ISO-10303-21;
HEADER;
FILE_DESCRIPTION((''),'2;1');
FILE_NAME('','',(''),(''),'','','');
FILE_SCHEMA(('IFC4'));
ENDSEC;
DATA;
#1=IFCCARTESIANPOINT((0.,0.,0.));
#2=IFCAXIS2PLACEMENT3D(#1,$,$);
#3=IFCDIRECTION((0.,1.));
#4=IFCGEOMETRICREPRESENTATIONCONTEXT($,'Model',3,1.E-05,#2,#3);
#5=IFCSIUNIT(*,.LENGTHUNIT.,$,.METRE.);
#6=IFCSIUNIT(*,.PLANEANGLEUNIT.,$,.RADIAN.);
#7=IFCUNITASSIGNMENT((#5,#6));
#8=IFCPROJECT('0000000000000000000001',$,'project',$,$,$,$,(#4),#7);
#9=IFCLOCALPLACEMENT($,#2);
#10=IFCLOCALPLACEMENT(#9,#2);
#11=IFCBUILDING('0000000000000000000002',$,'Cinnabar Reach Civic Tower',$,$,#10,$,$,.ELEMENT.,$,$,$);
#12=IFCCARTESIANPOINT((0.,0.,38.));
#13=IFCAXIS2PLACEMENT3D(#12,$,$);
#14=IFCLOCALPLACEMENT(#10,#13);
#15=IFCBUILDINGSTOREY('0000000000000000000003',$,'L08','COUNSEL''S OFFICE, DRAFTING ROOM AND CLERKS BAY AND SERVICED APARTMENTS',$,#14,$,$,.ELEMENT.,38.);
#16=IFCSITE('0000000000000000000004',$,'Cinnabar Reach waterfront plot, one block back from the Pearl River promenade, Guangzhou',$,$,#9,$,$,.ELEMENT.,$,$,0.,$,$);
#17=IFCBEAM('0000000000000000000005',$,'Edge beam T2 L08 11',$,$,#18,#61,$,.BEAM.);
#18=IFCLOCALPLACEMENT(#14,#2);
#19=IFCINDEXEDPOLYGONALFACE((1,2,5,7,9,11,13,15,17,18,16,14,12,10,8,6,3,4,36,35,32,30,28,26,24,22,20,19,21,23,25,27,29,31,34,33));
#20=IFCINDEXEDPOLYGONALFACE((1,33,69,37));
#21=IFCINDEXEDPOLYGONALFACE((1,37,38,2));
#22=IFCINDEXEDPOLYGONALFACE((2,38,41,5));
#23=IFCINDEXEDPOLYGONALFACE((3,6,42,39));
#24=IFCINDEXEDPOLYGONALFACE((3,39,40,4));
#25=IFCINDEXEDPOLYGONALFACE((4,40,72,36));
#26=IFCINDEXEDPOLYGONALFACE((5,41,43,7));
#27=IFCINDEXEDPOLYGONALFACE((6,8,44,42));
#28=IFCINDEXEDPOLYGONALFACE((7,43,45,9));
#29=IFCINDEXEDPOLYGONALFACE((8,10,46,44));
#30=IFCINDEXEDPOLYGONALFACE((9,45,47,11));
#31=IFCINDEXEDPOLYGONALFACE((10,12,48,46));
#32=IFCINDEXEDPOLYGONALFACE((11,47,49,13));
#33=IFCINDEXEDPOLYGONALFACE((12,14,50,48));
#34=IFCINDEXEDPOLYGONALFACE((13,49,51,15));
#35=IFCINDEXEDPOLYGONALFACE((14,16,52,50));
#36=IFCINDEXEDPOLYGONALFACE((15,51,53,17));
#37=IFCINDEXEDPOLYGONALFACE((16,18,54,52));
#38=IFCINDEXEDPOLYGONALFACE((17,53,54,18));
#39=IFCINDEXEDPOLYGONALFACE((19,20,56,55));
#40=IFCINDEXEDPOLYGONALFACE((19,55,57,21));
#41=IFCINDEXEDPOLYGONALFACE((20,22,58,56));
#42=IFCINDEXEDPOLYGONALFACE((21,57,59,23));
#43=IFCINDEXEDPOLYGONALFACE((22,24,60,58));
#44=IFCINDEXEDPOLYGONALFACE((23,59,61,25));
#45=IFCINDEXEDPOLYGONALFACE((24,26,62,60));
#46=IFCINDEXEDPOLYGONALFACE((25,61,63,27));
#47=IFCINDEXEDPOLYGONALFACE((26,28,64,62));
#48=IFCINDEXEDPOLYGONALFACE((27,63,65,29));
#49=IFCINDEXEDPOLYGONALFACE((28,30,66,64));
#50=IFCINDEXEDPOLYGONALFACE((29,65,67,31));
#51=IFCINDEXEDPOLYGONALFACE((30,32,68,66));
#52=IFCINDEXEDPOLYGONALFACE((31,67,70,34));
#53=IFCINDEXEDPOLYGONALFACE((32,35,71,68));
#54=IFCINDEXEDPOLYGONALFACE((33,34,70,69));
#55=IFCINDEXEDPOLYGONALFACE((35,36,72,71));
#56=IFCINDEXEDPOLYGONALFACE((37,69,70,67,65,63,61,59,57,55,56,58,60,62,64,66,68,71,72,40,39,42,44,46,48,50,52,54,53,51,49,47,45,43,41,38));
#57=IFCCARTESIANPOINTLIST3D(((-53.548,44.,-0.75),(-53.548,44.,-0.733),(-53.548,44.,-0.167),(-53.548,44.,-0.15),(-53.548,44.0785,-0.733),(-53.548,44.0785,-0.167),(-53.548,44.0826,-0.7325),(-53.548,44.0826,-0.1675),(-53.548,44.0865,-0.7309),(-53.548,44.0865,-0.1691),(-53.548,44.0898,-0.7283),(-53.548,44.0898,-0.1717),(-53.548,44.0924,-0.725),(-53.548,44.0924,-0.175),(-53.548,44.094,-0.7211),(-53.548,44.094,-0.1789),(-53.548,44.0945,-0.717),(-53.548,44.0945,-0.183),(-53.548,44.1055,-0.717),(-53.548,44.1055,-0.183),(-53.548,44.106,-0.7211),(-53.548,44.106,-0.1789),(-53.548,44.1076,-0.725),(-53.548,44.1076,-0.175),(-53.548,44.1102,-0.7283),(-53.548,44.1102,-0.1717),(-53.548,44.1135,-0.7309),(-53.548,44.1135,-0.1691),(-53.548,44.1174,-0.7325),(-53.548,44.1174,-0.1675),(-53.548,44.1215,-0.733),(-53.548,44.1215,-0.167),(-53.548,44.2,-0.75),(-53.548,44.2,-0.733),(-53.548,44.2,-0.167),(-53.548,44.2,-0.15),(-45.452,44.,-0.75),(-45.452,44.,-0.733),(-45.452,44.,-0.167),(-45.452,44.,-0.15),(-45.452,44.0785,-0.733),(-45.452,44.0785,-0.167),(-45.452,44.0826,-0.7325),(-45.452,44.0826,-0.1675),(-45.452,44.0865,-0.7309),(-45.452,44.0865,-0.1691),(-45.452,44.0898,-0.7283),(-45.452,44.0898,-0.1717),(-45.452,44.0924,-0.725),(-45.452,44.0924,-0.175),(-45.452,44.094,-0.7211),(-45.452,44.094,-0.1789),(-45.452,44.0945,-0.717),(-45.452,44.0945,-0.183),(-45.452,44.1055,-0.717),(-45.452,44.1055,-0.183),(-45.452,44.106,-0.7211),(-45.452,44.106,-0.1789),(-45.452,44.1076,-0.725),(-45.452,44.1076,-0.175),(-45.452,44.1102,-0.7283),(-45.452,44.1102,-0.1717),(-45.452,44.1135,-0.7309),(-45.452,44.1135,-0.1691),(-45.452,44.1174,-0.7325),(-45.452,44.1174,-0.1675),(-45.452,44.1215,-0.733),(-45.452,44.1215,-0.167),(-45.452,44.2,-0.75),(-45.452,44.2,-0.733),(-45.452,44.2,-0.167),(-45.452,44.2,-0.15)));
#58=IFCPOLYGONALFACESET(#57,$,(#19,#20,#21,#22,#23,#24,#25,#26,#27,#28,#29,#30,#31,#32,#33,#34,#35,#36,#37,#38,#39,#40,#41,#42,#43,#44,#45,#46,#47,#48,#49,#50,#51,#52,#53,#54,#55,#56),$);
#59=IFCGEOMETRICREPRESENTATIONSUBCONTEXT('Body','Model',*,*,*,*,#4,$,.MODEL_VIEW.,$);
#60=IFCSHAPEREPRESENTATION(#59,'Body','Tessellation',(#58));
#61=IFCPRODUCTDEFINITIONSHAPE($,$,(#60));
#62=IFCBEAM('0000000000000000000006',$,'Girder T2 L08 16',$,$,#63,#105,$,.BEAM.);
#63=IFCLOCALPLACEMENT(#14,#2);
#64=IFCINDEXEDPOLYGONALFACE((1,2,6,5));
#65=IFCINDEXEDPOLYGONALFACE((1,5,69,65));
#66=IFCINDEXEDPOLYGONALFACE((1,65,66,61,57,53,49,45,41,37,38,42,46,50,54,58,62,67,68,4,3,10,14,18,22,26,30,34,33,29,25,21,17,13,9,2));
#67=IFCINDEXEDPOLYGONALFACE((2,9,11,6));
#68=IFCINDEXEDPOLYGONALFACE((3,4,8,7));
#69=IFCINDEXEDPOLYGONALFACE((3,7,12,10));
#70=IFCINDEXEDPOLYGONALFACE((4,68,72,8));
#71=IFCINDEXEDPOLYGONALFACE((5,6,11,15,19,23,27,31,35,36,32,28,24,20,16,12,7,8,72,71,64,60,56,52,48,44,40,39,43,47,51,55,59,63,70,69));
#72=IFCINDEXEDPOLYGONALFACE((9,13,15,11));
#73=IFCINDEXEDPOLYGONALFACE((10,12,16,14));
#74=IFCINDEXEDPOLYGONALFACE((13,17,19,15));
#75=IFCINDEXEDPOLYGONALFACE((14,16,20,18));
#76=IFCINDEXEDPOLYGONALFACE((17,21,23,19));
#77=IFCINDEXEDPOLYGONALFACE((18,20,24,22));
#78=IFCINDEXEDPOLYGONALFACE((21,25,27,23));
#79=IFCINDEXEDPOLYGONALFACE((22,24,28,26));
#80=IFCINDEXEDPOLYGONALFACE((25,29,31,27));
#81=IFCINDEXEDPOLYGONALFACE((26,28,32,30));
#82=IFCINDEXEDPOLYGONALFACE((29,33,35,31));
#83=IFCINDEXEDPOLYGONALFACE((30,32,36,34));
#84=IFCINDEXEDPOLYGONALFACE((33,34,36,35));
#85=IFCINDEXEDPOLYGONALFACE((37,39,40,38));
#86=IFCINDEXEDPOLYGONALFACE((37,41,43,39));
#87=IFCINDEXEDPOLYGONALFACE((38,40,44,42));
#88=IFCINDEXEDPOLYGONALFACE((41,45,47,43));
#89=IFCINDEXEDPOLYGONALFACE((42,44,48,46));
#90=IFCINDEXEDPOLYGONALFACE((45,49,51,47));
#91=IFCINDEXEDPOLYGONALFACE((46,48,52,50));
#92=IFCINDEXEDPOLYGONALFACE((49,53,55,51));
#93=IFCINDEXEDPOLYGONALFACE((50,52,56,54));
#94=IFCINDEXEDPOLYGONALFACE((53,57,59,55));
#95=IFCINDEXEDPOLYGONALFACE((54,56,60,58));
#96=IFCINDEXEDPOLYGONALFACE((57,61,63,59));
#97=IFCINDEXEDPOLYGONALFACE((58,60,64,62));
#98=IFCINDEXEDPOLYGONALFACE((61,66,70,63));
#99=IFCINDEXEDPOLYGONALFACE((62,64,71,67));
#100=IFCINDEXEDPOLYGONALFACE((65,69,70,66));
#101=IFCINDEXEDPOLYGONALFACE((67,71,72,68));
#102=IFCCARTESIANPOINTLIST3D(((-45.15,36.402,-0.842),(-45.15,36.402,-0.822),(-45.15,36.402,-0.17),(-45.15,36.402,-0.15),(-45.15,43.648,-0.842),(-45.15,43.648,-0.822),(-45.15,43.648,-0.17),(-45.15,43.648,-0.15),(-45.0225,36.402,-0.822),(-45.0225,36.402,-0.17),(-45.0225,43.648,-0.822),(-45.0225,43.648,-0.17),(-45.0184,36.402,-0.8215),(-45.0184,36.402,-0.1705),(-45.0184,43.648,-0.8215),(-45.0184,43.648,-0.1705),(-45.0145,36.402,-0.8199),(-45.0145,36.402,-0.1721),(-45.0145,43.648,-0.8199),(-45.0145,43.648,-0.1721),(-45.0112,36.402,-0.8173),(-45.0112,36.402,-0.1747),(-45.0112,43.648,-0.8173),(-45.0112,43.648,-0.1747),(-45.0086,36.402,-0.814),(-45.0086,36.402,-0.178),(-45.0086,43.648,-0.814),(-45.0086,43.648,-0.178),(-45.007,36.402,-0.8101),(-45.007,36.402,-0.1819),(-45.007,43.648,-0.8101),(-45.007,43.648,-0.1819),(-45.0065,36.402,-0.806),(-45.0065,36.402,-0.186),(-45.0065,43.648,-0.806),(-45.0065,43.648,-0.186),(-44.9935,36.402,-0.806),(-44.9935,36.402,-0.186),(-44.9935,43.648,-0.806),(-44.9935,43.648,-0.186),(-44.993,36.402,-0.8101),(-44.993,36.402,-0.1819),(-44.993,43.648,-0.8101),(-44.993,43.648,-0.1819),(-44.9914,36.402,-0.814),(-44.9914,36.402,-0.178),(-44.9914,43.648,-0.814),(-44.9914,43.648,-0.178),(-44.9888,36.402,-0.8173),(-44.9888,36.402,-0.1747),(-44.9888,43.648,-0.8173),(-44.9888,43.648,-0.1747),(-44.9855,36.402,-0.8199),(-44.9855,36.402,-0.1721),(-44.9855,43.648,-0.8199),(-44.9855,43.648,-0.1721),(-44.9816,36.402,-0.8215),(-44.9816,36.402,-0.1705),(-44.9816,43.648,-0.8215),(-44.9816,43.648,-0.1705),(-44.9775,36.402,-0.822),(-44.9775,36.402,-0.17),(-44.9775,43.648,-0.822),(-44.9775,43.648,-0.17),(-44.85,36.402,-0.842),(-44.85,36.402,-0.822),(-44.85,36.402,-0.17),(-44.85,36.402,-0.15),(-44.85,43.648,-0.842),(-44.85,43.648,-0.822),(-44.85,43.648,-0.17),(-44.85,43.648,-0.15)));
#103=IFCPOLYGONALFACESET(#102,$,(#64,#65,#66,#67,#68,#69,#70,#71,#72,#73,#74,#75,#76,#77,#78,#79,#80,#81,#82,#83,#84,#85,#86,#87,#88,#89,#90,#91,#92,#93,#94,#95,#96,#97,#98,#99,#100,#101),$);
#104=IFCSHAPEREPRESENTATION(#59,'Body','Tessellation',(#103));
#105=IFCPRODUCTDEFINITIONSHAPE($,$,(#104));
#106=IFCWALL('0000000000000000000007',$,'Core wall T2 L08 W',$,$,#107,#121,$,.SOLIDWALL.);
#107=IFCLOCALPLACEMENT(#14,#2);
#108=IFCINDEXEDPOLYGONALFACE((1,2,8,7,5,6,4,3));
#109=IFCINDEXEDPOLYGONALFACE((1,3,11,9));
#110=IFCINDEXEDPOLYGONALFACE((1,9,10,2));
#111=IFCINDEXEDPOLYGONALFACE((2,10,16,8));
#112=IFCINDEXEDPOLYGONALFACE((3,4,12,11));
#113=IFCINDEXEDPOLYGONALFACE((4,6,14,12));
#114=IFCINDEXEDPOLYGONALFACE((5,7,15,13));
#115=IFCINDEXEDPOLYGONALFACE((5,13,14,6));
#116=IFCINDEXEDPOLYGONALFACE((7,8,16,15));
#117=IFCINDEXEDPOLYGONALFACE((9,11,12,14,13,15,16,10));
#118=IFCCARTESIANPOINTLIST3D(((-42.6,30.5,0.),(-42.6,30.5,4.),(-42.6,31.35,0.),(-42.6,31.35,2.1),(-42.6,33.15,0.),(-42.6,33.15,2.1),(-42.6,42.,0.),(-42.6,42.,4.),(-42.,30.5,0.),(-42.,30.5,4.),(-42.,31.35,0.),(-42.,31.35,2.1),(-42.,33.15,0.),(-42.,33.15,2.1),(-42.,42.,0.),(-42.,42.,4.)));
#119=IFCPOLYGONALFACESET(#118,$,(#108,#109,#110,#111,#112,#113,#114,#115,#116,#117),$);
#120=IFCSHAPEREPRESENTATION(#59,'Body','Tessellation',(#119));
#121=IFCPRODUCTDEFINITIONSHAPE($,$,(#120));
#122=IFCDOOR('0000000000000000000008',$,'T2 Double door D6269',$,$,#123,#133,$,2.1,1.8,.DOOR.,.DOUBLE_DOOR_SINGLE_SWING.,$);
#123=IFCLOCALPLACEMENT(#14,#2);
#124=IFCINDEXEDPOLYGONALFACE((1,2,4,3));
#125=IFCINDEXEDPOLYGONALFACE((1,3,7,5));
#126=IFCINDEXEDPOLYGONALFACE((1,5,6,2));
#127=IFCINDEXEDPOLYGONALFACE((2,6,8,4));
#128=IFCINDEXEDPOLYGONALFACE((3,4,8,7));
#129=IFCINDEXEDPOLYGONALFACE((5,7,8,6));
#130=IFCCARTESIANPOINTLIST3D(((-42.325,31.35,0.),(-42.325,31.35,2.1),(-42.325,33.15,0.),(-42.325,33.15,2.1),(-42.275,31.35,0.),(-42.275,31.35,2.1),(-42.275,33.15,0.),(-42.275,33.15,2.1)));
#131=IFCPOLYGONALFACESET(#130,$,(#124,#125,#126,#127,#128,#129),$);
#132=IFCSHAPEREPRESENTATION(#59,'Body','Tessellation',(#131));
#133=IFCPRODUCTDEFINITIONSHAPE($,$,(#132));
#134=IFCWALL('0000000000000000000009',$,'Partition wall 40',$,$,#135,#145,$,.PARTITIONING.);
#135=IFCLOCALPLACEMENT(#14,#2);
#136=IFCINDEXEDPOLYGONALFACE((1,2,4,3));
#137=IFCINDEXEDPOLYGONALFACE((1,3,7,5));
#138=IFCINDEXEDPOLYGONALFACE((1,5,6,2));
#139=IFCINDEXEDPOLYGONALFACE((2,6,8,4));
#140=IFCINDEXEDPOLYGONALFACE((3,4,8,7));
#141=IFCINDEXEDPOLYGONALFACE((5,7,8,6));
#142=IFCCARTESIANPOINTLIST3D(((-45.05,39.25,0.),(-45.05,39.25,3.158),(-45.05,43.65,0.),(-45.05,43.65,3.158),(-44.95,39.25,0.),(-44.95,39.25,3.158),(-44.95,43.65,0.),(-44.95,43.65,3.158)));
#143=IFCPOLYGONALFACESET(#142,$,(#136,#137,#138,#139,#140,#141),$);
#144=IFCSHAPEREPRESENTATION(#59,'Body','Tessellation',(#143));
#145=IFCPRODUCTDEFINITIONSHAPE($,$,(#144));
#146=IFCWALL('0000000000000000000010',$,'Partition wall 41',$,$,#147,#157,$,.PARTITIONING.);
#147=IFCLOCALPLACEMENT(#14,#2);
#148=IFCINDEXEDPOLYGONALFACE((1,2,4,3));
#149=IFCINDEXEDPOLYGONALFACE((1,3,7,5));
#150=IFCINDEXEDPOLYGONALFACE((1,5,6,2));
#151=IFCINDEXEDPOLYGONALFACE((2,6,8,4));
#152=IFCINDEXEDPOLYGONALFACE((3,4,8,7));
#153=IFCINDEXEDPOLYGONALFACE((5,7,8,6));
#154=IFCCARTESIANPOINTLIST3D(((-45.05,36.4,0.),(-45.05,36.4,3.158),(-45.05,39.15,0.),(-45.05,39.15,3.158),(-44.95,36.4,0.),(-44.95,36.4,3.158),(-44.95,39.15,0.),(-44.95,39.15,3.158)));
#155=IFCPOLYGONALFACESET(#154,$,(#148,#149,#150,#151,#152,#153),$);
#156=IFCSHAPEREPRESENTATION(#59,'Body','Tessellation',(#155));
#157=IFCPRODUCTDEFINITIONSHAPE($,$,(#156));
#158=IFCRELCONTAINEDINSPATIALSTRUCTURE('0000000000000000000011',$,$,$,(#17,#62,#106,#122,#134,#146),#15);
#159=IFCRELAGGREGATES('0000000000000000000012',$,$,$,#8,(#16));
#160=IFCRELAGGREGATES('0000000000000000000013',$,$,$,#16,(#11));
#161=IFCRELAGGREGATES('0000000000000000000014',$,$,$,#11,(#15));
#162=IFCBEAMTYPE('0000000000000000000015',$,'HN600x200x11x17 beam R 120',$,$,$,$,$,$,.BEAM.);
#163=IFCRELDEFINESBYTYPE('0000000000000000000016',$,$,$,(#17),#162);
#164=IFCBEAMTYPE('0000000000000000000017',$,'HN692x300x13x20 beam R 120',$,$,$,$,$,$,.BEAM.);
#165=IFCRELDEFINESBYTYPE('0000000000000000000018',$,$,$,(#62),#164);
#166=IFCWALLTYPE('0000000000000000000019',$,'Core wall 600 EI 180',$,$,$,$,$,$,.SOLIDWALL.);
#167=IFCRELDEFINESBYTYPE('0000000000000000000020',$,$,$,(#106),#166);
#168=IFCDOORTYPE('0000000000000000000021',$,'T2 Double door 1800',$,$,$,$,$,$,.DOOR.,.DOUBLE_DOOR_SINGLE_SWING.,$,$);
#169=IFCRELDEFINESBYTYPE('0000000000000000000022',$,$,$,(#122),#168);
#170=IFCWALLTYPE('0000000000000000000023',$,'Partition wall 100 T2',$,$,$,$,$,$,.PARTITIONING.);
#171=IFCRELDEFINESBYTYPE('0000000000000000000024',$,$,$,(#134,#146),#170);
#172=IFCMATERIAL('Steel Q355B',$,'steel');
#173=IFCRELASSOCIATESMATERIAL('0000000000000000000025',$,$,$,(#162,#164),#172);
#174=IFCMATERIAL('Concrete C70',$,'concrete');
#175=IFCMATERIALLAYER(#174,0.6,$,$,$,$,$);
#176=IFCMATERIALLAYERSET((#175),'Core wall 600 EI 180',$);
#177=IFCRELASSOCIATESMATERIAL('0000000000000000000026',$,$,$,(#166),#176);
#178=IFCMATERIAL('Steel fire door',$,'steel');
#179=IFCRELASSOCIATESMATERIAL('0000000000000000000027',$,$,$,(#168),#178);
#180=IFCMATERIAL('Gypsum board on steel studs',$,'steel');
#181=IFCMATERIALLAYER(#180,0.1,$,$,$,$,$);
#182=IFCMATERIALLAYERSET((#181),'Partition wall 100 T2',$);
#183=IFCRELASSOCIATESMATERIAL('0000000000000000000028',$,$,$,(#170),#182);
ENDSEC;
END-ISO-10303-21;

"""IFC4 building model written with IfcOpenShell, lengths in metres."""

from ifc_helpers import new_model, si_unit, direction, frame, frame_2d, origin, origin_2d, place, context, subcontext, project, spatial, rectangle, i_section, extrude, material, layer, layer_set, material_profile, profile_set, type_object, element, fill, save


model = new_model("IFC4")

# Units and contexts
model_context = context("Model", 3, precision=1e-05, world=origin(), true_north=direction((0.0, 1.0)))
body_context = subcontext(model_context, "Body", "Model", "MODEL_VIEW")
ifc_project = project(units=[si_unit("LENGTHUNIT", "METRE"), si_unit("PLANEANGLEUNIT", "RADIAN")], contexts=[model_context])

# Site, building, storey
site_placement = place(None, origin())
site = spatial("IfcSite", under=ifc_project, at=site_placement, Name="Cinnabar Reach waterfront plot, one block back from the Pearl River promenade, Guangzhou", CompositionType="ELEMENT", RefElevation=0.0)
building_placement = place(site_placement, origin())
building = spatial("IfcBuilding", under=site, at=building_placement, Name="Cinnabar Reach Civic Tower", CompositionType="ELEMENT")
storey_placement = place(building_placement, frame((0.0, 0.0, 38.0)))
storey = spatial("IfcBuildingStorey", under=building, at=storey_placement, Name="L08", Description="COUNSEL'S OFFICE, DRAFTING ROOM AND CLERKS BAY AND SERVICED APARTMENTS", CompositionType="ELEMENT", Elevation=38.0)

# Shared definitions
ifc_material_1 = material(Name="Concrete C70", Category="concrete")

# Beams
ifc_material_2 = material(Name="Steel Q355B", Category="steel")
ifc_material_profile_1 = material_profile(ifc_material_2, i_section(OverallWidth=0.2, OverallDepth=0.6, WebThickness=0.011, FlangeThickness=0.017, FilletRadius=0.016, at=origin_2d()), Name="HN600x200x11x17")
ifc_profile_set_1 = profile_set([ifc_material_profile_1], Name="Steel Q355B")
beam_type_1 = type_object("IfcBeamType", Name="HN600x200x11x17 beam R 120", PredefinedType="BEAM", material=ifc_profile_set_1)
for number, where, z_axis, x_axis, name in (
    (1, (-45.452, 44.1, -0.45), (-1.0, 0.0, 0.0), (0.0, -1.0, 0.0), "Edge beam T2 L08 11"),
):
    element("IfcBeam", number, at=place(storey_placement, frame(where, z_axis=z_axis, x_axis=x_axis)), inside=storey, type_object=beam_type_1, Name=name, PredefinedType="BEAM", context=body_context, shape_type="SweptSolid", body=[
        extrude(i_section(OverallWidth=0.2, OverallDepth=0.6, WebThickness=0.011, FlangeThickness=0.017, FilletRadius=0.016, at=origin_2d()), origin(), (0.0, 0.0, 1.0), 8.096),
    ])
ifc_material_profile_2 = material_profile(ifc_material_2, i_section(OverallWidth=0.3, OverallDepth=0.692, WebThickness=0.013, FlangeThickness=0.02, FilletRadius=0.016, at=origin_2d()), Name="HN692x300x13x20")
ifc_profile_set_2 = profile_set([ifc_material_profile_2], Name="Steel Q355B")
beam_type_2 = type_object("IfcBeamType", Name="HN692x300x13x20 beam R 120", PredefinedType="BEAM", material=ifc_profile_set_2)
beam_1_placement = place(storey_placement, frame((-45.0, 36.402, -0.496), z_axis=(0.0, 1.0, 0.0), x_axis=(-1.0, 0.0, 0.0)))
element("IfcBeam", 2, at=beam_1_placement, inside=storey, type_object=beam_type_2, Name="Girder T2 L08 16", PredefinedType="BEAM", context=body_context, shape_type="SweptSolid", body=[
    extrude(i_section(OverallWidth=0.3, OverallDepth=0.692, WebThickness=0.013, FlangeThickness=0.02, FilletRadius=0.016, at=origin_2d()), origin(), (0.0, 0.0, 1.0), 7.246),
])

# Wall, opening, door
ifc_layer_1 = layer(ifc_material_1, 0.6)
ifc_layer_set_1 = layer_set([ifc_layer_1], Name="Core wall 600 EI 180")
wall_type_1 = type_object("IfcWallType", Name="Core wall 600 EI 180", PredefinedType="SOLIDWALL", material=ifc_layer_set_1)
wall_1_placement = place(storey_placement, frame((-42.3, 42.0, 0.0), z_axis=(0.0, 0.0, 1.0), x_axis=(0.0, -1.0, 0.0)))
wall_1 = element("IfcWall", 3, at=wall_1_placement, inside=storey, type_object=wall_type_1, Name="Core wall T2 L08 W", PredefinedType="SOLIDWALL", context=body_context, shape_type="SweptSolid", body=[
    extrude(rectangle(XDim=11.5, YDim=0.6, at=frame_2d((5.75, 0.0))), origin(), (0.0, 0.0, 1.0), 4.0),
])
opening_1_placement = place(wall_1_placement, frame((8.85, 0.0, 0.0)))
opening_1 = element("IfcOpeningElement", 4, at=opening_1_placement, cuts=wall_1, PredefinedType="OPENING", context=body_context, shape_type="SweptSolid", body=[
    extrude(rectangle(XDim=1.8, YDim=2.1, at=frame_2d((0.9, 1.05))), frame((0.0, 0.31, 0.0), z_axis=(0.0, -1.0, 0.0), x_axis=(1.0, 0.0, 0.0)), (0.0, 0.0, 1.0), 0.62),
])
ifc_material_3 = material(Name="Steel fire door", Category="steel")
door_type_1 = type_object("IfcDoorType", Name="T2 Double door 1800", OperationType="DOUBLE_DOOR_SINGLE_SWING", PredefinedType="DOOR", material=ifc_material_3)
door_1_placement = place(opening_1_placement, frame((1.8, 0.0, 0.0), z_axis=(0.0, 0.0, 1.0), x_axis=(-1.0, 0.0, 0.0)))
door_1 = element("IfcDoor", 5, at=door_1_placement, inside=storey, type_object=door_type_1, Name="T2 Double door D6269", OperationType="DOUBLE_DOOR_SINGLE_SWING", OverallHeight=2.1, OverallWidth=1.8, PredefinedType="DOOR", context=body_context, shape_type="SweptSolid", body=[
    extrude(rectangle(XDim=1.8, YDim=2.1, at=frame_2d((0.9, 1.05))), frame((0.0, 0.025, 0.0), z_axis=(0.0, -1.0, 0.0), x_axis=(1.0, 0.0, 0.0)), (0.0, 0.0, 1.0), 0.05),
])
fill(opening_1, door_1)

# Walls
ifc_material_4 = material(Name="Gypsum board on steel studs", Category="steel")
ifc_layer_2 = layer(ifc_material_4, 0.1)
ifc_layer_set_2 = layer_set([ifc_layer_2], Name="Partition wall 100 T2")
wall_type_2 = type_object("IfcWallType", Name="Partition wall 100 T2", PredefinedType="PARTITIONING", material=ifc_layer_set_2)
wall_2_placement = place(storey_placement, frame((-45.0, 39.25, 0.0), z_axis=(0.0, 0.0, 1.0), x_axis=(0.0, 1.0, 0.0)))
element("IfcWall", 6, at=wall_2_placement, inside=storey, type_object=wall_type_2, Name="Partition wall 40", PredefinedType="PARTITIONING", context=body_context, shape_type="SweptSolid", body=[
    extrude(rectangle(XDim=4.4, YDim=0.1, at=frame_2d((2.2, 0.0))), origin(), (0.0, 0.0, 1.0), 3.158),
])
wall_3_placement = place(storey_placement, frame((-45.0, 36.4, 0.0), z_axis=(0.0, 0.0, 1.0), x_axis=(0.0, 1.0, 0.0)))
element("IfcWall", 7, at=wall_3_placement, inside=storey, type_object=wall_type_2, Name="Partition wall 41", PredefinedType="PARTITIONING", context=body_context, shape_type="SweptSolid", body=[
    extrude(rectangle(XDim=2.75, YDim=0.1, at=frame_2d((1.375, 0.0))), origin(), (0.0, 0.0, 1.0), 3.158),
])

save(model, "model.ifc")
